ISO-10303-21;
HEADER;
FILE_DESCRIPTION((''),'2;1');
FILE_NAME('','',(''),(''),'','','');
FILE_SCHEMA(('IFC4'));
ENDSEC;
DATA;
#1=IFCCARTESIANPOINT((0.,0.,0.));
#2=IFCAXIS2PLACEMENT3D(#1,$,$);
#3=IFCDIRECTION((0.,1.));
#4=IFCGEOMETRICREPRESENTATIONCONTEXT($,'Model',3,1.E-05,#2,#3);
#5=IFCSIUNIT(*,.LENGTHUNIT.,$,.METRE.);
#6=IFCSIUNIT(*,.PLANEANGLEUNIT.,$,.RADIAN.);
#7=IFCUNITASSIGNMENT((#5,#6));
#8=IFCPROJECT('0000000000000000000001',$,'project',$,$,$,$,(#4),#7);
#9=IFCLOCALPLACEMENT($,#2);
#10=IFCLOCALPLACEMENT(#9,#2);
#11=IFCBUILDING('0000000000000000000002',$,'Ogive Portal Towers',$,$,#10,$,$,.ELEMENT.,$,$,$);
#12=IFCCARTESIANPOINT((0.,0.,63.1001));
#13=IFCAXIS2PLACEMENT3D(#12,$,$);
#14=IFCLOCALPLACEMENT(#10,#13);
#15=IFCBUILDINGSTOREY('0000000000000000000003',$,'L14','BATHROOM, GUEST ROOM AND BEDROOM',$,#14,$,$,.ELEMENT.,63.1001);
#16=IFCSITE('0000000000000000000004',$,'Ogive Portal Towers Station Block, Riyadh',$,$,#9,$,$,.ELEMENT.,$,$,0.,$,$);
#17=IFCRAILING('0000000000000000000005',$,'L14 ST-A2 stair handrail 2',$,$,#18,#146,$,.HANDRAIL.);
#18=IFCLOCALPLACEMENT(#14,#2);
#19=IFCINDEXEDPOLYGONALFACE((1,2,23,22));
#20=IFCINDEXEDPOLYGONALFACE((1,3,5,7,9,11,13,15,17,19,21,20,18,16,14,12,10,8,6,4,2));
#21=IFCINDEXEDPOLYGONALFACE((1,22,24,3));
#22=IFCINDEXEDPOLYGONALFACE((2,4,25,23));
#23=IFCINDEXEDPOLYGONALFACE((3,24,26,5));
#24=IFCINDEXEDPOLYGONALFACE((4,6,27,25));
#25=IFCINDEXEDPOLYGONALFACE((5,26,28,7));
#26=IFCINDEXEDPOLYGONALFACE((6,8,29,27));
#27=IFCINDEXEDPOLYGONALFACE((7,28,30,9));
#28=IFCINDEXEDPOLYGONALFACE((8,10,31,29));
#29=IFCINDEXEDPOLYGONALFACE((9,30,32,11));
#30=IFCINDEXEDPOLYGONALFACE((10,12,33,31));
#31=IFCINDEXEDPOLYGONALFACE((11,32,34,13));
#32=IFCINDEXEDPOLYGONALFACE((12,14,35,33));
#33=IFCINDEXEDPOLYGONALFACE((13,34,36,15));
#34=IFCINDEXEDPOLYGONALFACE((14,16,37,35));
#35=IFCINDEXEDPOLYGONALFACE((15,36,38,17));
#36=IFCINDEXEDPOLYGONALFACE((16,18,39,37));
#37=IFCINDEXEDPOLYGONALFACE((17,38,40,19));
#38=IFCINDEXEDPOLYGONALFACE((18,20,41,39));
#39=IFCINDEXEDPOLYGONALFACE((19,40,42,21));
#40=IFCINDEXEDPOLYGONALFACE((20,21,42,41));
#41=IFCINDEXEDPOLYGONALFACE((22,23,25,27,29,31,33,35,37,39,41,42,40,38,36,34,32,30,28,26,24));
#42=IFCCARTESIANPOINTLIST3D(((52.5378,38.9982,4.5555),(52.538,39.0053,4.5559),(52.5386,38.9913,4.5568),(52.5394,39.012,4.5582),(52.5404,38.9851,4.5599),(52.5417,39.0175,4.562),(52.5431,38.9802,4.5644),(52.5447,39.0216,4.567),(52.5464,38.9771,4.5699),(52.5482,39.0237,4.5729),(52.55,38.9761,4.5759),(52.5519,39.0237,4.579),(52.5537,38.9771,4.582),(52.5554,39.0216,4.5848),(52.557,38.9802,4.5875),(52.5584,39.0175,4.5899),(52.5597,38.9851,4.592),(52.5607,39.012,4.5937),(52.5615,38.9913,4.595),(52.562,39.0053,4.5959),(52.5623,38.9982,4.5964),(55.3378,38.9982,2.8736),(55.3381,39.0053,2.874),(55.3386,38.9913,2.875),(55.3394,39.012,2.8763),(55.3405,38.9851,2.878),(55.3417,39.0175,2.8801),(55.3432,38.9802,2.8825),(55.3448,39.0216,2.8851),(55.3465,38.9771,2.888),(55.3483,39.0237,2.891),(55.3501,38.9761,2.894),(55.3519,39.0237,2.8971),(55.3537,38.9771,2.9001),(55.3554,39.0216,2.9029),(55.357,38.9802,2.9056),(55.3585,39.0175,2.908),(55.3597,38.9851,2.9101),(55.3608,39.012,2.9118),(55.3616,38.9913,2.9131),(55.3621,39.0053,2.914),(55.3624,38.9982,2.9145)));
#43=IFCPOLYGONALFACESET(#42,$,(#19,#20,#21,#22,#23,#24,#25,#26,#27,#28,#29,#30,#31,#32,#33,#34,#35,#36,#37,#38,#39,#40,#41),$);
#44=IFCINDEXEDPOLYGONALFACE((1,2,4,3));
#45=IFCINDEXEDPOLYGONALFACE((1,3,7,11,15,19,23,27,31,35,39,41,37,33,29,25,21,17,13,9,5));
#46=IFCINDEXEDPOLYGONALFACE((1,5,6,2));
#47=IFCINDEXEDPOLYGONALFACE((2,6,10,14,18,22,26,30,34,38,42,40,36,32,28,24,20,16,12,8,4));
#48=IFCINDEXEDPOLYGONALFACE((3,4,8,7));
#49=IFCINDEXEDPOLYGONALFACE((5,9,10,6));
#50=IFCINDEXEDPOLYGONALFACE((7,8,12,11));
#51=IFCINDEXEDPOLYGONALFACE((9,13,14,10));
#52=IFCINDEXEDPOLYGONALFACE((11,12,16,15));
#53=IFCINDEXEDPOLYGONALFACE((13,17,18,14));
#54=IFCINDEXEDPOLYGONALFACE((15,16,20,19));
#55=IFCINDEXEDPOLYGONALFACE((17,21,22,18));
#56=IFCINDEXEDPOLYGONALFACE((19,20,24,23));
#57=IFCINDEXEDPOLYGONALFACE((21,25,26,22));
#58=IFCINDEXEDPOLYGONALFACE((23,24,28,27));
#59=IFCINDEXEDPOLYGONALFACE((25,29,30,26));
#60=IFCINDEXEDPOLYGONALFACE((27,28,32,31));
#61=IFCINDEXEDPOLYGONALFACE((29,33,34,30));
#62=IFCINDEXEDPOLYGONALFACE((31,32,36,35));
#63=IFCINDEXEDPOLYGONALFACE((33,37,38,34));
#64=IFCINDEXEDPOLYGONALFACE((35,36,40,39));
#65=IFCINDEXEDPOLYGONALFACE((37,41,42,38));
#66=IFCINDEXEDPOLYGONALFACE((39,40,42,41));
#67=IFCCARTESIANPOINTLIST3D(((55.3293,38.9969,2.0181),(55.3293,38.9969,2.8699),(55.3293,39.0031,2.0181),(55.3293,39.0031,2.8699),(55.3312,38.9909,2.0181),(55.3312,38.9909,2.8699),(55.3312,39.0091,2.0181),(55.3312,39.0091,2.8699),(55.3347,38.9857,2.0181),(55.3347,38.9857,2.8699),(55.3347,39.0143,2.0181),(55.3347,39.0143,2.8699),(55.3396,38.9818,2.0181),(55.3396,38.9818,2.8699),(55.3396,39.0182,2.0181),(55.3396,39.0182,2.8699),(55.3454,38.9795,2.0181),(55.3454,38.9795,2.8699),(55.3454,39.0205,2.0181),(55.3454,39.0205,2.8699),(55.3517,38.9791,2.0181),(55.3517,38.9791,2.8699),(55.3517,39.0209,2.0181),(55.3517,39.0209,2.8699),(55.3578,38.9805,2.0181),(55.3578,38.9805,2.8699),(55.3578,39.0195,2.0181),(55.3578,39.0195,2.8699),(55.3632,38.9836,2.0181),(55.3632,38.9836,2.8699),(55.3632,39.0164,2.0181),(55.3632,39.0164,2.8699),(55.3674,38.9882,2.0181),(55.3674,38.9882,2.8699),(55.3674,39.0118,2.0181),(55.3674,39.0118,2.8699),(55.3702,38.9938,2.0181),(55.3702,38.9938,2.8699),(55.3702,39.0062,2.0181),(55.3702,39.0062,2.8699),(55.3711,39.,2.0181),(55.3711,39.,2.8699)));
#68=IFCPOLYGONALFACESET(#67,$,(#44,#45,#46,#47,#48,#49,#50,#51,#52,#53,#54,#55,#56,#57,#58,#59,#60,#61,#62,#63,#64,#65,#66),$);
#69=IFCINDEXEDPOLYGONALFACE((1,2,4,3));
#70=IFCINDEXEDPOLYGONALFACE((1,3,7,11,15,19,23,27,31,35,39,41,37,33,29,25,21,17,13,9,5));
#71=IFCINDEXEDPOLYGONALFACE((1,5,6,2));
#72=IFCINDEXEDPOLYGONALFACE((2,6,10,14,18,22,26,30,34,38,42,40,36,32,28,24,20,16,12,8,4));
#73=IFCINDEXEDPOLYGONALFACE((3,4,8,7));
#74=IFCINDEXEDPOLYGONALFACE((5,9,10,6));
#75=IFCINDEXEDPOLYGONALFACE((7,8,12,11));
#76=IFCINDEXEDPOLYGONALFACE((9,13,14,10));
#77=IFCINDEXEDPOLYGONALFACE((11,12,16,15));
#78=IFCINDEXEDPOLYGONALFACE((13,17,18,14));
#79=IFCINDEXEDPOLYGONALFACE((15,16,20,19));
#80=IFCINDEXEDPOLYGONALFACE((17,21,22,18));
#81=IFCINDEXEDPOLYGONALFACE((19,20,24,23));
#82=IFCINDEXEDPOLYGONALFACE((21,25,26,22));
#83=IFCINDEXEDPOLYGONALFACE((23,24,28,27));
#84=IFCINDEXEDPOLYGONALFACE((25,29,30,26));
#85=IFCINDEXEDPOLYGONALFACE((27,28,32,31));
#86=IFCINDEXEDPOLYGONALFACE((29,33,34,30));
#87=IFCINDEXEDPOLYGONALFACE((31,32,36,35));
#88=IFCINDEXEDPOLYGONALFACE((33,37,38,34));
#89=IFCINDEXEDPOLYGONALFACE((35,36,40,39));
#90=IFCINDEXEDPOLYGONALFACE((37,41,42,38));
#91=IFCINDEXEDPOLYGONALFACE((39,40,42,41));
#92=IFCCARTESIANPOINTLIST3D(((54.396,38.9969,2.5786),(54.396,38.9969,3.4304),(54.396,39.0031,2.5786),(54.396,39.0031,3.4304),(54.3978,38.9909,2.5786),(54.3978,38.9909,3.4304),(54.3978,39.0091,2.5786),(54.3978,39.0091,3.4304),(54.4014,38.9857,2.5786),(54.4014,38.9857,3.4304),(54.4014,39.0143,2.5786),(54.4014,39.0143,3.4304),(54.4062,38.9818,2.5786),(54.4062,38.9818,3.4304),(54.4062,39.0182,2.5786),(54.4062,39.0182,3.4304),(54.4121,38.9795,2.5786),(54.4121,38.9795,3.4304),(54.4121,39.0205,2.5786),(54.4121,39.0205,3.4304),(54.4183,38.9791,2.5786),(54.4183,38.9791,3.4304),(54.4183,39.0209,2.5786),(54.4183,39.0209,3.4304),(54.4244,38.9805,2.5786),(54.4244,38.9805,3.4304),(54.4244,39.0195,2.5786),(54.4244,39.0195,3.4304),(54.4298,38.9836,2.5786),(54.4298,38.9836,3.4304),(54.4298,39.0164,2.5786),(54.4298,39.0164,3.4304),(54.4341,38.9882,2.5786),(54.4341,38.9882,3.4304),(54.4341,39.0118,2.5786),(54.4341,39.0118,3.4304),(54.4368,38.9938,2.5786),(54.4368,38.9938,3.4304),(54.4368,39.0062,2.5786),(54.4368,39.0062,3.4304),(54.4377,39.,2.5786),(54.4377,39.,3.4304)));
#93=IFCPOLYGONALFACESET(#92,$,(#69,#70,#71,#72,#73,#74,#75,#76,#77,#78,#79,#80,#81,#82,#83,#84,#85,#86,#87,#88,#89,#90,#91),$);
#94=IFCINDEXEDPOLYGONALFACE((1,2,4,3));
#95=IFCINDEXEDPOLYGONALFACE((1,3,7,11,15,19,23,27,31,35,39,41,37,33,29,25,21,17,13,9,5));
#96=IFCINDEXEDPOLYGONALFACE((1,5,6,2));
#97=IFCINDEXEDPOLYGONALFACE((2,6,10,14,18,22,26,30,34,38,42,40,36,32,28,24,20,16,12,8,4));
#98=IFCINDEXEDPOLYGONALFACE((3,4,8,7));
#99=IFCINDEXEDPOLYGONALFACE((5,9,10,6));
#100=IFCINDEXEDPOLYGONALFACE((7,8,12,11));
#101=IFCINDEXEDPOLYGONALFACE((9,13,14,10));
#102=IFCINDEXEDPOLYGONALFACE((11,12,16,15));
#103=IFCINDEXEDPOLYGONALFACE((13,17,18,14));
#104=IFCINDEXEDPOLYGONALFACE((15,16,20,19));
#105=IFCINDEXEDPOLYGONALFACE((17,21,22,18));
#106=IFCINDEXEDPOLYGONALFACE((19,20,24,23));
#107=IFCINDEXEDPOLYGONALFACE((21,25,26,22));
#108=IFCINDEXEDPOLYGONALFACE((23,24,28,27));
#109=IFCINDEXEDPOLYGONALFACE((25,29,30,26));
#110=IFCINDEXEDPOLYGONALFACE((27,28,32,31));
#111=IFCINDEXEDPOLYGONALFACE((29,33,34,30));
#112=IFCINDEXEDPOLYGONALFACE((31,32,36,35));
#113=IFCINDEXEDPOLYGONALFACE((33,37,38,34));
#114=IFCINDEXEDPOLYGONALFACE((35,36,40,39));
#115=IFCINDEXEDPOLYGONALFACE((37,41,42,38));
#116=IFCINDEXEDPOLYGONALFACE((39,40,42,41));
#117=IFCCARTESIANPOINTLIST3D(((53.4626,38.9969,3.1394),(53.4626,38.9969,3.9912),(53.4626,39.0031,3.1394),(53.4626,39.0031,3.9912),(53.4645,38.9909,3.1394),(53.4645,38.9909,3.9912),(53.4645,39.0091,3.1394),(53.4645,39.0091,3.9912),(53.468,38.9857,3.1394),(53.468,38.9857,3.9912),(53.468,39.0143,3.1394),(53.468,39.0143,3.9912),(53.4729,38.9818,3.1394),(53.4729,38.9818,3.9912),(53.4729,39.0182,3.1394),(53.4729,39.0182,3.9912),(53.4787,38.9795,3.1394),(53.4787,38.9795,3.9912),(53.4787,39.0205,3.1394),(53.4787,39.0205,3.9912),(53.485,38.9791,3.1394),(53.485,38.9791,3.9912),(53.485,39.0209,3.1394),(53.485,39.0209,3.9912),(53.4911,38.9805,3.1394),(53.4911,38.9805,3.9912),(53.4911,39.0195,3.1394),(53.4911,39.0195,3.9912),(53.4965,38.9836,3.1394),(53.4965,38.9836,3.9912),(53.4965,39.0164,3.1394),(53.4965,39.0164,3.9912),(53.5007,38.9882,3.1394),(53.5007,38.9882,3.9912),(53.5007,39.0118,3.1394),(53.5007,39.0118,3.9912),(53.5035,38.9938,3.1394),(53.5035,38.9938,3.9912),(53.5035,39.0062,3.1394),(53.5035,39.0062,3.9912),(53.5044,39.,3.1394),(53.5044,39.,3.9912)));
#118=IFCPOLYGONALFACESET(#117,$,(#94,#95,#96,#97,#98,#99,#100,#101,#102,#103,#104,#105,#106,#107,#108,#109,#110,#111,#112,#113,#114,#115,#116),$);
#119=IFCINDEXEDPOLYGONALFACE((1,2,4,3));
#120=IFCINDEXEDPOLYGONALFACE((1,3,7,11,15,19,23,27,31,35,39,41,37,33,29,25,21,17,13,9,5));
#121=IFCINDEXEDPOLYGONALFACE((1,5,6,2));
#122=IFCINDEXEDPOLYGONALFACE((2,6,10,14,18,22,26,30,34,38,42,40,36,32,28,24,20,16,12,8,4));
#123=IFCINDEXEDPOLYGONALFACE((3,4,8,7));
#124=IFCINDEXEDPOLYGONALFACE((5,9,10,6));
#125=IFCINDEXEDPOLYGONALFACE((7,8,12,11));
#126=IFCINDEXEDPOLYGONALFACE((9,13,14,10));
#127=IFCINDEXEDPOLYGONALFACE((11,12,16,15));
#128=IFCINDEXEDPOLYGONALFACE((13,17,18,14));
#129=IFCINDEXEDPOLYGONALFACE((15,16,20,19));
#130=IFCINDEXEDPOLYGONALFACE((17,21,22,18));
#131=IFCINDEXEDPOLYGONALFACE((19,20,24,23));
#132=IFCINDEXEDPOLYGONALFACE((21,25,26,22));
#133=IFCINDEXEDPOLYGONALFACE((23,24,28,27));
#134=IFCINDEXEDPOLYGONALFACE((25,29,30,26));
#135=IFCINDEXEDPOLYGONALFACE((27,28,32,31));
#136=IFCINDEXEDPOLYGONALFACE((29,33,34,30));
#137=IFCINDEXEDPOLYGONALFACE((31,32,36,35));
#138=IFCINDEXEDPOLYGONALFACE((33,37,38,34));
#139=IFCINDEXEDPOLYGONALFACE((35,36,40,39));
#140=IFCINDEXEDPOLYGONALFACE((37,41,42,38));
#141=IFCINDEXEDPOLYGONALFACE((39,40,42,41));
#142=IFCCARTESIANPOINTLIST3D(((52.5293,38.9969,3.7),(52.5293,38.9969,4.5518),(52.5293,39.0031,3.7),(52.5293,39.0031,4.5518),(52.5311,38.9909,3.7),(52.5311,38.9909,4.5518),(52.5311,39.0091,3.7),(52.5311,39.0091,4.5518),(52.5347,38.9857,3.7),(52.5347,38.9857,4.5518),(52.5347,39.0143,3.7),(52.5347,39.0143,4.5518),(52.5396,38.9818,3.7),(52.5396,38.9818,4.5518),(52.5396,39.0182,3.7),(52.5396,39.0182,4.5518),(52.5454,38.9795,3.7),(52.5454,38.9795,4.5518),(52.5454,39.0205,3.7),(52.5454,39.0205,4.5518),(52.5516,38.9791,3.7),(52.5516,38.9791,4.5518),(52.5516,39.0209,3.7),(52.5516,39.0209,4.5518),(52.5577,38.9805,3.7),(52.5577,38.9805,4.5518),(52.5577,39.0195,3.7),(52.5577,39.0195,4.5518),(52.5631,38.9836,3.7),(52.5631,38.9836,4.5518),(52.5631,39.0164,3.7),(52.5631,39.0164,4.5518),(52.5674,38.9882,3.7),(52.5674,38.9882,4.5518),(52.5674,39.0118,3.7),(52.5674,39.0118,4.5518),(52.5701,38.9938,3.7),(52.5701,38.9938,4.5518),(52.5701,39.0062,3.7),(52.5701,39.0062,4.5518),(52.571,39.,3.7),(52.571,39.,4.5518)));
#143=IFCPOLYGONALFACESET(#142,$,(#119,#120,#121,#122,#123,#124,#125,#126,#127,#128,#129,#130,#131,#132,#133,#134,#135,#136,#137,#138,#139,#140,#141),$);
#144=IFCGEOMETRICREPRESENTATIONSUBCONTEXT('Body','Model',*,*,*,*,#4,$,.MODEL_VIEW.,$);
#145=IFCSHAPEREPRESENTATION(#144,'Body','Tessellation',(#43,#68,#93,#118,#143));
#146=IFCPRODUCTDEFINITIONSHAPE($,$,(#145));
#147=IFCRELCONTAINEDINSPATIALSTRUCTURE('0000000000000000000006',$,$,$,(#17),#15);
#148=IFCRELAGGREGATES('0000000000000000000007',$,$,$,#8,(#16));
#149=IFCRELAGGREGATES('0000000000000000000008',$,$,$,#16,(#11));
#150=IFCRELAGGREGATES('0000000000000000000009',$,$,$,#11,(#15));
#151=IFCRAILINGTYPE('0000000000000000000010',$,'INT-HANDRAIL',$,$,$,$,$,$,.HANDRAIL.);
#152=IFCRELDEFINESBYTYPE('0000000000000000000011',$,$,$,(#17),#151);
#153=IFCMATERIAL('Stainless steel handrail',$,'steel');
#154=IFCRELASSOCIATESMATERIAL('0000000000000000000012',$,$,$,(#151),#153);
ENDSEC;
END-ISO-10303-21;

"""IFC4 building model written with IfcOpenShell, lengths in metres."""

from ifc_helpers import new_model, si_unit, direction, frame, origin, origin_2d, place, context, subcontext, project, spatial, circle, extrude, material, type_object, element, save


model = new_model("IFC4")

# Units and contexts
model_context = context("Model", 3, precision=1e-05, world=origin(), true_north=direction((0.0, 1.0)))
body_context = subcontext(model_context, "Body", "Model", "MODEL_VIEW")
ifc_project = project(units=[si_unit("LENGTHUNIT", "METRE"), si_unit("PLANEANGLEUNIT", "RADIAN")], contexts=[model_context])

# Site, building, storey
site_placement = place(None, origin())
site = spatial("IfcSite", under=ifc_project, at=site_placement, Name="Ogive Portal Towers Station Block, Riyadh", CompositionType="ELEMENT", RefElevation=0.0)
building_placement = place(site_placement, origin())
building = spatial("IfcBuilding", under=site, at=building_placement, Name="Ogive Portal Towers", CompositionType="ELEMENT")
storey_placement = place(building_placement, frame((0.0, 0.0, 63.1001)))
storey = spatial("IfcBuildingStorey", under=building, at=storey_placement, Name="L14", Description="BATHROOM, GUEST ROOM AND BEDROOM", CompositionType="ELEMENT", Elevation=63.1001)

# Railing
ifc_material_1 = material(Name="Stainless steel handrail", Category="steel")
railing_type_1 = type_object("IfcRailingType", Name="INT-HANDRAIL", PredefinedType="HANDRAIL", material=ifc_material_1)
railing_1_placement = place(storey_placement, frame((55.3501, 39.0, 2.0181)))
element("IfcRailing", 1, at=railing_1_placement, inside=storey, type_object=railing_type_1, Name="L14 ST-A2 stair handrail 2", PredefinedType="HANDRAIL", context=body_context, shape_type="SweptSolid", body=[
    extrude(circle(Radius=0.0239, at=origin_2d()), frame((0.0, 0.0, 0.876), z_axis=(-0.857242, 0.0, 0.514913), x_axis=(0.0, -1.0, 0.0)), (0.0, 0.0, 1.0), 3.2664),
    extrude(circle(Radius=0.021, at=origin_2d()), origin(), (0.0, 0.0, 1.0), 0.8518),
    extrude(circle(Radius=0.021, at=origin_2d()), frame((-0.9333, 0.0, 0.5605)), (0.0, 0.0, 1.0), 0.8518),
    extrude(circle(Radius=0.021, at=origin_2d()), frame((-1.8667, 0.0, 1.1213)), (0.0, 0.0, 1.0), 0.8518),
    extrude(circle(Radius=0.021, at=origin_2d()), frame((-2.8, 0.0, 1.6819)), (0.0, 0.0, 1.0), 0.8518),
])

save(model, "model.ifc")
